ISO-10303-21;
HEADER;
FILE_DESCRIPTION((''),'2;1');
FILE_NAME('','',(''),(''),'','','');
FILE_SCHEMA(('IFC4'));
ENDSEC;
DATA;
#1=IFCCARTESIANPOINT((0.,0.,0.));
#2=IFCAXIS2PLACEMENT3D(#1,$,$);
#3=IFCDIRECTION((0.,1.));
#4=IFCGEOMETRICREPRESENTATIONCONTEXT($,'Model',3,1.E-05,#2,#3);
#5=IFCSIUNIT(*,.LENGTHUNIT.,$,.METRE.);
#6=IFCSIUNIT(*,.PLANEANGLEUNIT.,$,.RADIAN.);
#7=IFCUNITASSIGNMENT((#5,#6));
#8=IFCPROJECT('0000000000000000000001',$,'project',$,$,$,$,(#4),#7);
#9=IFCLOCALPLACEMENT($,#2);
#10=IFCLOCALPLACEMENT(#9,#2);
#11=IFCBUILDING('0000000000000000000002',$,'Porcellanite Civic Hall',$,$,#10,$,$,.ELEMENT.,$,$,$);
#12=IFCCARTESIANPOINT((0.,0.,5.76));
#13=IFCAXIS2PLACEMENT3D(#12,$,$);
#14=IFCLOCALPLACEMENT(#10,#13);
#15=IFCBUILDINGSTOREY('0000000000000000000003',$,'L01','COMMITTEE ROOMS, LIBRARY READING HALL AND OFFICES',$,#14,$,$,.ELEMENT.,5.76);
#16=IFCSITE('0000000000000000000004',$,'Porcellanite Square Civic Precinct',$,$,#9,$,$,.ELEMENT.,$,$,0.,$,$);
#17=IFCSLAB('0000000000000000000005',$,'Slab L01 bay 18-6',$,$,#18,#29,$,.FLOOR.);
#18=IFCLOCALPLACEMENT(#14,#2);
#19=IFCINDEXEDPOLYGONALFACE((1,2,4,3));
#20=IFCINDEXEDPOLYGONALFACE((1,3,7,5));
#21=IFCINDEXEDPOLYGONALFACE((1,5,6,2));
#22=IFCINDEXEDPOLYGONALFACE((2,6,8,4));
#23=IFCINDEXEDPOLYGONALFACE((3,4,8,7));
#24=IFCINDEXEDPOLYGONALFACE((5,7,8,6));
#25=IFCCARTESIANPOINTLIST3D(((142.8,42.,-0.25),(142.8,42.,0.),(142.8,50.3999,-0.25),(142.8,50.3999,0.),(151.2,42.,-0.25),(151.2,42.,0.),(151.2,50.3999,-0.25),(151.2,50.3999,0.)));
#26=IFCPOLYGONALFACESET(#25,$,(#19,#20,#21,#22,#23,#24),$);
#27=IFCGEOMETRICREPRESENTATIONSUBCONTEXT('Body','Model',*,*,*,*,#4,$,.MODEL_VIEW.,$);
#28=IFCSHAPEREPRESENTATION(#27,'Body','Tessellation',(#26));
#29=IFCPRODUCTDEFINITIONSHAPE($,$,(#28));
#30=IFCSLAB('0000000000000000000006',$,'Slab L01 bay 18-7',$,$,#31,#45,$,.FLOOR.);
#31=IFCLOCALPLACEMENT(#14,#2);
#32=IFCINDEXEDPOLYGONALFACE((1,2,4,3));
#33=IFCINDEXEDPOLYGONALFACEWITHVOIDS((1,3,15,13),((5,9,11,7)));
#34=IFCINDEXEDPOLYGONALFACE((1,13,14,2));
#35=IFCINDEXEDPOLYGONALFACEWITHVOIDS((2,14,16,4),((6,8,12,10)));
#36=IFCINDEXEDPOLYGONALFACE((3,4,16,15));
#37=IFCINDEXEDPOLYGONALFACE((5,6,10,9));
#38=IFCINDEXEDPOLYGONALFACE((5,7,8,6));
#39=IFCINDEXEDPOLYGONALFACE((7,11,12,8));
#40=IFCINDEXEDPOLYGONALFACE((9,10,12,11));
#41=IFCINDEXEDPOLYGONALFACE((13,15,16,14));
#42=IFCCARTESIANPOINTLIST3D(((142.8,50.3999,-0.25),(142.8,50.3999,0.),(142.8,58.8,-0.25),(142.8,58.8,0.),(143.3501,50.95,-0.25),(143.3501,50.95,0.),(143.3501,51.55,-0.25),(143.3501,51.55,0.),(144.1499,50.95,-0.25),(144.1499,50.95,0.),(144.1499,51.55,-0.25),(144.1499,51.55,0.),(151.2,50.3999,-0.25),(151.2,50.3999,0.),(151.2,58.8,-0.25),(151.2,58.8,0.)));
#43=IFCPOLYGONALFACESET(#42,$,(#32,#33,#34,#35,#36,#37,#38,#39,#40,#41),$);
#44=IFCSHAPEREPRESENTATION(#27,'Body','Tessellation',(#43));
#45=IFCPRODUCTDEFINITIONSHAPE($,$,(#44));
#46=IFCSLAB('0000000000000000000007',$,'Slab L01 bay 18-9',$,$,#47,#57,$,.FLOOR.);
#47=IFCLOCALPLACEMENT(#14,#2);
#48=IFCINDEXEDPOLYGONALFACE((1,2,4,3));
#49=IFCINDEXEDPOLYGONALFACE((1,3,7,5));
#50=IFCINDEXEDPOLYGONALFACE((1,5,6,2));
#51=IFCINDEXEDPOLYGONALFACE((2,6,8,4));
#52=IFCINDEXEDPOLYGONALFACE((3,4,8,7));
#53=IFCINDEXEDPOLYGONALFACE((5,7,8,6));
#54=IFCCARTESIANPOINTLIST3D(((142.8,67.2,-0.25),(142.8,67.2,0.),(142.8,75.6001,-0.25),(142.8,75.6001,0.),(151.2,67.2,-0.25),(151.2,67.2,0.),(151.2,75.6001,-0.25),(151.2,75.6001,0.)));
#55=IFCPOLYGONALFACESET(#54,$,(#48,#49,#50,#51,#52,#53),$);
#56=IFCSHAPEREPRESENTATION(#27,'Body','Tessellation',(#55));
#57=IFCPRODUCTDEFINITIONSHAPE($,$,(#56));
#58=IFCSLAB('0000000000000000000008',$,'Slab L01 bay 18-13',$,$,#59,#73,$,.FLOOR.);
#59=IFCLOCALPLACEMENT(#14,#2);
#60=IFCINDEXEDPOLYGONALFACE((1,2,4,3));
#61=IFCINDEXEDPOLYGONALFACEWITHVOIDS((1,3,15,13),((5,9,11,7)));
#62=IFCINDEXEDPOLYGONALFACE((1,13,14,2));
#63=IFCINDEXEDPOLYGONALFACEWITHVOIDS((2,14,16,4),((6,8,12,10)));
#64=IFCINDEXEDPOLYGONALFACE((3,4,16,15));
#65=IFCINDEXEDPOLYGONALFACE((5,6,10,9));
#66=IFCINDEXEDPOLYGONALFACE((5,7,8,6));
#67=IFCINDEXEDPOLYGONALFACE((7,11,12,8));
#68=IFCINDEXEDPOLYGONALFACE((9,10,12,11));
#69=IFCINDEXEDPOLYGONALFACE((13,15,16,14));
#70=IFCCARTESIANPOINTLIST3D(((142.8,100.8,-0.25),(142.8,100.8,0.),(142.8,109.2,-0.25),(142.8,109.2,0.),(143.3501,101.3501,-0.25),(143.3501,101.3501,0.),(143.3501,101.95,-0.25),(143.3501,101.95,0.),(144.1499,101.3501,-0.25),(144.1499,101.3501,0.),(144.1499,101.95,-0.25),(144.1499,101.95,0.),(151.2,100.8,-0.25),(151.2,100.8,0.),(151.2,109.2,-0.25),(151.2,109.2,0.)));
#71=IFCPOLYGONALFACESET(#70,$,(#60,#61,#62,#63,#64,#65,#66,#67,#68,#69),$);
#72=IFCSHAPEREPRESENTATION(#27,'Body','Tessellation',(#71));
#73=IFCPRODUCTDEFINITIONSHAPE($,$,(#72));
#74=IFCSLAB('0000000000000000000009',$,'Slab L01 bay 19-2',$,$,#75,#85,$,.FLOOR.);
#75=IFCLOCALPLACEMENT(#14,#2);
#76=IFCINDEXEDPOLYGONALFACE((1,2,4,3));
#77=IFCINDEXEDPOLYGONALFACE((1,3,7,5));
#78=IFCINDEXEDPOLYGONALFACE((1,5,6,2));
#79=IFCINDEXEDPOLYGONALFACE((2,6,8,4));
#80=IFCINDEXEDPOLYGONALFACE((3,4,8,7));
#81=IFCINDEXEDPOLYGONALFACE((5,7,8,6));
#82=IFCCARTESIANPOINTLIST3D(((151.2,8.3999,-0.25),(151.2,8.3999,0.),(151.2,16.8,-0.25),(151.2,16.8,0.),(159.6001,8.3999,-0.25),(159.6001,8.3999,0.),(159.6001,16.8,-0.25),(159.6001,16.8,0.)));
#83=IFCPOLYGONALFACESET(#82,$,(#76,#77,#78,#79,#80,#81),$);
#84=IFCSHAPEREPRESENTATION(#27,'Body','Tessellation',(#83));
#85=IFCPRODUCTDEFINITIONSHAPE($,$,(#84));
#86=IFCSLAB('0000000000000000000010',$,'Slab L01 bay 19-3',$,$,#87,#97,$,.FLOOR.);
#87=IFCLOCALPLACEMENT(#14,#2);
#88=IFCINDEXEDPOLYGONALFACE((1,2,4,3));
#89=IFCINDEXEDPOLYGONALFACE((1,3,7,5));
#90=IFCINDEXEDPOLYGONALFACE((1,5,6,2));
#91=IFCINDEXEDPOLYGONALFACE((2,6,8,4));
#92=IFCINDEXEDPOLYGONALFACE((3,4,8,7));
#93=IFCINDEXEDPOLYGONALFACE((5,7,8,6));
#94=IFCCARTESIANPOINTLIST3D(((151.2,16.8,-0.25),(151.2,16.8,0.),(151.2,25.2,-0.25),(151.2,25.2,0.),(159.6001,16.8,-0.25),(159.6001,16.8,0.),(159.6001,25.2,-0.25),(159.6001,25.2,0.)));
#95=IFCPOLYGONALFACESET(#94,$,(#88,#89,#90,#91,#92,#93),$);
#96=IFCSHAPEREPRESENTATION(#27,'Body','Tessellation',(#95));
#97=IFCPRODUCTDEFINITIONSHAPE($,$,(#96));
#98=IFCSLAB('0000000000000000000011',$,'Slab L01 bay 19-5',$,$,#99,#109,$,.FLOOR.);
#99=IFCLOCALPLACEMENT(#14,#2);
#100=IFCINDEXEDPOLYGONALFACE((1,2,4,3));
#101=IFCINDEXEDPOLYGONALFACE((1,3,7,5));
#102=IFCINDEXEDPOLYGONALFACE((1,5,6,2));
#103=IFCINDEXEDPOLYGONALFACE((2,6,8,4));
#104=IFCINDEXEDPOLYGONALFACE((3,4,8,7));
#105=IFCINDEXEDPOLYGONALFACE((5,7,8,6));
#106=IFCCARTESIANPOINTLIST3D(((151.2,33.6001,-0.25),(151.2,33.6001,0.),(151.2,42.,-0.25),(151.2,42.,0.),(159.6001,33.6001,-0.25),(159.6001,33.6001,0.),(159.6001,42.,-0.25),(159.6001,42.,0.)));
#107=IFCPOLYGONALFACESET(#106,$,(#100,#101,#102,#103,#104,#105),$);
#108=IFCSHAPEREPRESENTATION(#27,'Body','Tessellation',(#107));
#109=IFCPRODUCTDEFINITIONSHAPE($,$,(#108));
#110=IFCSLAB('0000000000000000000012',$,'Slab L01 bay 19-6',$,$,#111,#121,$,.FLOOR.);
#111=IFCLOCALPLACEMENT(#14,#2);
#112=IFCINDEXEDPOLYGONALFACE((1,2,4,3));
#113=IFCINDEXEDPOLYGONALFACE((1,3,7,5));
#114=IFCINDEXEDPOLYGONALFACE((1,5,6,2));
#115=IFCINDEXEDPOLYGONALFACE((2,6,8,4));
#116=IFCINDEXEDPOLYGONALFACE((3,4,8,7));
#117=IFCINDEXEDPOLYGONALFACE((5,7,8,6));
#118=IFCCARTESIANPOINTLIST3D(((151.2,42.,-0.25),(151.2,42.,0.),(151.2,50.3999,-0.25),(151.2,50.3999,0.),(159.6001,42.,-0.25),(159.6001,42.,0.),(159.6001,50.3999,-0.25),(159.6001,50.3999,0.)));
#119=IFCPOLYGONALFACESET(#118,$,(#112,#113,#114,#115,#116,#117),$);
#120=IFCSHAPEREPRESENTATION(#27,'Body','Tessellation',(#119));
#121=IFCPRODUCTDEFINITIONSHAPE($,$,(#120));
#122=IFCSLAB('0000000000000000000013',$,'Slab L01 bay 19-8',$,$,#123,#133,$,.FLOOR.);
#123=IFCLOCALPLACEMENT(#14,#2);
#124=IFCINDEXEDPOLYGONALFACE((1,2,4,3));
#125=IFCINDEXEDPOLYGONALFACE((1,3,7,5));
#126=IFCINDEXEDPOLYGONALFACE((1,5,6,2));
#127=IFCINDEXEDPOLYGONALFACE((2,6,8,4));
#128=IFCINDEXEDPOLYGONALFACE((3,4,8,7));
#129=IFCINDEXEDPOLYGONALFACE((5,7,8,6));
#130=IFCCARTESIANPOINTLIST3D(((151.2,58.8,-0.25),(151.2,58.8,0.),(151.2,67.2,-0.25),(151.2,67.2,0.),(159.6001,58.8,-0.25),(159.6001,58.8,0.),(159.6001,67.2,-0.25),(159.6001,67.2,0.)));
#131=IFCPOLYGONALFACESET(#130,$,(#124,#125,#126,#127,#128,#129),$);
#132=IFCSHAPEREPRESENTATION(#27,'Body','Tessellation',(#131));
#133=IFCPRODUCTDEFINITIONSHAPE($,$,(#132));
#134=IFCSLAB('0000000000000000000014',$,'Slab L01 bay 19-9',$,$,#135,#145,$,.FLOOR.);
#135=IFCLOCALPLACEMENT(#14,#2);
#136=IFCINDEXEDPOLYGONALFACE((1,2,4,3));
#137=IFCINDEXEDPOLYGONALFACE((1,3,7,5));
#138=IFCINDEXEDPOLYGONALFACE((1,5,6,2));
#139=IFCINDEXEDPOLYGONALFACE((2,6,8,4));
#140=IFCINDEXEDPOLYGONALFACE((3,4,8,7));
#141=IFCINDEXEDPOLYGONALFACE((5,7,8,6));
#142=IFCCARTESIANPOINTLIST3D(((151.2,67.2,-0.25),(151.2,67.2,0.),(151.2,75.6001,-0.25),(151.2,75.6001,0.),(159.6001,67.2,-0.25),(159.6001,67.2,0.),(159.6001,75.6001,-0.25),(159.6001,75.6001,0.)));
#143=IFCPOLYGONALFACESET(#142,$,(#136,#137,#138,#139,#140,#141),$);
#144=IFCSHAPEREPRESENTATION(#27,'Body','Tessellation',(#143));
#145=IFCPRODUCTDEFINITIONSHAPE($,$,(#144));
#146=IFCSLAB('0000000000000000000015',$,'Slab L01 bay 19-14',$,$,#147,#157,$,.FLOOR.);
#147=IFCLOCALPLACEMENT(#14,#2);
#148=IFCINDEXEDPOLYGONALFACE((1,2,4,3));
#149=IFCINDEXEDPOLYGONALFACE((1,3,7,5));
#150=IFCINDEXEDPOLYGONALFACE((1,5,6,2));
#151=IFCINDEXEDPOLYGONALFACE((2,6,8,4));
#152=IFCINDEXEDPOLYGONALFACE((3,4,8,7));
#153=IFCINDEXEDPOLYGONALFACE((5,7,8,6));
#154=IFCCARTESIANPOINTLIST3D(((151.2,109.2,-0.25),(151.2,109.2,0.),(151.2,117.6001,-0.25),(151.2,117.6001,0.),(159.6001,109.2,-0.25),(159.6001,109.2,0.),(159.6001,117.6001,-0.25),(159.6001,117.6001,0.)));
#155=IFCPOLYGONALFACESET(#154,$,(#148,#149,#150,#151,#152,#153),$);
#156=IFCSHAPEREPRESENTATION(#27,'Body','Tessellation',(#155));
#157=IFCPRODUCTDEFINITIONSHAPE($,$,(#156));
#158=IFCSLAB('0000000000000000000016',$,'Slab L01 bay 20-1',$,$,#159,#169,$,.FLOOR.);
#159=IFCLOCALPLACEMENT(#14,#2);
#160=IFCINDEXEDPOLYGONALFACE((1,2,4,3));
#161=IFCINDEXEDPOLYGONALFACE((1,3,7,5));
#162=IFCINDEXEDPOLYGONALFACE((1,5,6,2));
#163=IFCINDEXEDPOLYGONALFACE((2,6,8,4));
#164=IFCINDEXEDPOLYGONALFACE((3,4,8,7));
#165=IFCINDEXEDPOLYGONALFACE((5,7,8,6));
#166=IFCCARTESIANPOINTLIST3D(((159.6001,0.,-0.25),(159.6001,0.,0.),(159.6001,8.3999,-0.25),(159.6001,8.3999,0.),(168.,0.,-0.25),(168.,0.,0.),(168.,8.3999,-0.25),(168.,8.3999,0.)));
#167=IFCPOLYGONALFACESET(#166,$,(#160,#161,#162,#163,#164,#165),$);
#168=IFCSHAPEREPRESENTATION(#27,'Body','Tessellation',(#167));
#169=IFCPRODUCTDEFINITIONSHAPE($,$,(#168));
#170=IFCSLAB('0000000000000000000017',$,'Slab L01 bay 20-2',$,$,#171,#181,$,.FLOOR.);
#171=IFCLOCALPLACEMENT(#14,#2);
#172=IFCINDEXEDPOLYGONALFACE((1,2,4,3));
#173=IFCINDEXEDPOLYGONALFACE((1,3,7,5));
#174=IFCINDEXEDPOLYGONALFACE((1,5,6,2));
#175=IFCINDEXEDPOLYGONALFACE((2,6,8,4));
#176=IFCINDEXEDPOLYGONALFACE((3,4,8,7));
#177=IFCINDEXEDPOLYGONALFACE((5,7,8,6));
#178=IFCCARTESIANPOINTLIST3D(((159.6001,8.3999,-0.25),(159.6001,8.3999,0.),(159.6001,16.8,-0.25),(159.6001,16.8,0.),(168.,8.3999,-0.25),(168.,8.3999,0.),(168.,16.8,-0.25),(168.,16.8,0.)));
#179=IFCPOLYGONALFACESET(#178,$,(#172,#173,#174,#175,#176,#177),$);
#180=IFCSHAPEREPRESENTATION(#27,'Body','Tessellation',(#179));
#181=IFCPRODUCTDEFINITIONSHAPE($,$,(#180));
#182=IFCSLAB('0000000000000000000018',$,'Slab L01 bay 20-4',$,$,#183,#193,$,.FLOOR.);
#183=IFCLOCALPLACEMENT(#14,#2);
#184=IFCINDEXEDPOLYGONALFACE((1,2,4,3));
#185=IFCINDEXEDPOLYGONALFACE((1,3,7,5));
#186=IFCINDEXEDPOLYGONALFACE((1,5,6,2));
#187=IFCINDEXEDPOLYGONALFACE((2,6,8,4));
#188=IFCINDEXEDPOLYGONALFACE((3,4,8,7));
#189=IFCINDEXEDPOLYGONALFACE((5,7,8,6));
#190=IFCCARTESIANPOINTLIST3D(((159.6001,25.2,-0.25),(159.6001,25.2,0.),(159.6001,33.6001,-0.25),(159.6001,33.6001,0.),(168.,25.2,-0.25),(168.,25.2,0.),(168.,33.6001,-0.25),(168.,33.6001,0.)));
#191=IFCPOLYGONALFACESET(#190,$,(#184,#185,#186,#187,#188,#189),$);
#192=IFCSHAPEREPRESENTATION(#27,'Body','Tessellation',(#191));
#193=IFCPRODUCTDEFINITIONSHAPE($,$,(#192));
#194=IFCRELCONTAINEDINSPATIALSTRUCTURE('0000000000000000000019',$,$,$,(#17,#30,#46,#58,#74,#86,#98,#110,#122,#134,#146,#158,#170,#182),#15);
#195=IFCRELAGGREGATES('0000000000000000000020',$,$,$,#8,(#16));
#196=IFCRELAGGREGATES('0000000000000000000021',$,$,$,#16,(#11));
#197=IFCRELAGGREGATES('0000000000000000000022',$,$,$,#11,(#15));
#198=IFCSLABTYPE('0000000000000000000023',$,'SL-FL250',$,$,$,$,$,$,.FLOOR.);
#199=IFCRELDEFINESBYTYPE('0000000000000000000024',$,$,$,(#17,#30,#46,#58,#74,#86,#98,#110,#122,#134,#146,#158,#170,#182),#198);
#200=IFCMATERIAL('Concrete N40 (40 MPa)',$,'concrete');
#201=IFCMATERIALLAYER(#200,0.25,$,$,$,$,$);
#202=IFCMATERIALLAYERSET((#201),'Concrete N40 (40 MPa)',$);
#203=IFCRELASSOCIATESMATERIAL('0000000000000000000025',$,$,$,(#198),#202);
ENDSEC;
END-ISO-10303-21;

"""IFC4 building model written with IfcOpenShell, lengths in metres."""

from ifc_helpers import new_model, si_unit, direction, frame, origin, place, context, subcontext, project, spatial, polyline, outline, extrude, material, layer, layer_set, type_object, element, save


model = new_model("IFC4")

# Units and contexts
model_context = context("Model", 3, precision=1e-05, world=origin(), true_north=direction((0.0, 1.0)))
body_context = subcontext(model_context, "Body", "Model", "MODEL_VIEW")
ifc_project = project(units=[si_unit("LENGTHUNIT", "METRE"), si_unit("PLANEANGLEUNIT", "RADIAN")], contexts=[model_context])

# Site, building, storey
site_placement = place(None, origin())
site = spatial("IfcSite", under=ifc_project, at=site_placement, Name="Porcellanite Square Civic Precinct", CompositionType="ELEMENT", RefElevation=0.0)
building_placement = place(site_placement, origin())
building = spatial("IfcBuilding", under=site, at=building_placement, Name="Porcellanite Civic Hall", CompositionType="ELEMENT")
storey_placement = place(building_placement, frame((0.0, 0.0, 5.76)))
storey = spatial("IfcBuildingStorey", under=building, at=storey_placement, Name="L01", Description="COMMITTEE ROOMS, LIBRARY READING HALL AND OFFICES", CompositionType="ELEMENT", Elevation=5.76)

# Slabs
ifc_material_1 = material(Name="Concrete N40 (40 MPa)", Category="concrete")
ifc_layer = layer(ifc_material_1, 0.25)
ifc_layer_set = layer_set([ifc_layer], Name="Concrete N40 (40 MPa)")
slab_type = type_object("IfcSlabType", Name="SL-FL250", PredefinedType="FLOOR", material=ifc_layer_set)
slab_1_placement = place(storey_placement, frame((0.0, 0.0, -0.25)))
element("IfcSlab", 1, at=slab_1_placement, inside=storey, type_object=slab_type, Name="Slab L01 bay 18-6", PredefinedType="FLOOR", context=body_context, shape_type="SweptSolid", body=[
    extrude(outline(polyline([(142.8, 42.0), (151.2, 42.0), (151.2, 50.3999), (142.8, 50.3999), (142.8, 42.0)])), origin(), (0.0, 0.0, 1.0), 0.25),
])
slab_2_placement = place(storey_placement, frame((0.0, 0.0, -0.25)))
element("IfcSlab", 2, at=slab_2_placement, inside=storey, type_object=slab_type, Name="Slab L01 bay 18-7", PredefinedType="FLOOR", context=body_context, shape_type="SweptSolid", body=[
    extrude(outline(polyline([(142.8, 50.3999), (151.2, 50.3999), (151.2, 58.8), (142.8, 58.8), (142.8, 50.3999)]), holes=[polyline([(143.3501, 50.95), (144.1499, 50.95), (144.1499, 51.55), (143.3501, 51.55), (143.3501, 50.95)])]), origin(), (0.0, 0.0, 1.0), 0.25),
])
slab_3_placement = place(storey_placement, frame((0.0, 0.0, -0.25)))
element("IfcSlab", 3, at=slab_3_placement, inside=storey, type_object=slab_type, Name="Slab L01 bay 18-9", PredefinedType="FLOOR", context=body_context, shape_type="SweptSolid", body=[
    extrude(outline(polyline([(142.8, 67.2), (151.2, 67.2), (151.2, 75.6001), (142.8, 75.6001), (142.8, 67.2)])), origin(), (0.0, 0.0, 1.0), 0.25),
])
slab_4_placement = place(storey_placement, frame((0.0, 0.0, -0.25)))
element("IfcSlab", 4, at=slab_4_placement, inside=storey, type_object=slab_type, Name="Slab L01 bay 18-13", PredefinedType="FLOOR", context=body_context, shape_type="SweptSolid", body=[
    extrude(outline(polyline([(142.8, 100.8), (151.2, 100.8), (151.2, 109.2), (142.8, 109.2), (142.8, 100.8)]), holes=[polyline([(143.3501, 101.3501), (144.1499, 101.3501), (144.1499, 101.95), (143.3501, 101.95), (143.3501, 101.3501)])]), origin(), (0.0, 0.0, 1.0), 0.25),
])
slab_5_placement = place(storey_placement, frame((0.0, 0.0, -0.25)))
element("IfcSlab", 5, at=slab_5_placement, inside=storey, type_object=slab_type, Name="Slab L01 bay 19-2", PredefinedType="FLOOR", context=body_context, shape_type="SweptSolid", body=[
    extrude(outline(polyline([(151.2, 8.3999), (159.6001, 8.3999), (159.6001, 16.8), (151.2, 16.8), (151.2, 8.3999)])), origin(), (0.0, 0.0, 1.0), 0.25),
])
slab_6_placement = place(storey_placement, frame((0.0, 0.0, -0.25)))
element("IfcSlab", 6, at=slab_6_placement, inside=storey, type_object=slab_type, Name="Slab L01 bay 19-3", PredefinedType="FLOOR", context=body_context, shape_type="SweptSolid", body=[
    extrude(outline(polyline([(151.2, 16.8), (159.6001, 16.8), (159.6001, 25.2), (151.2, 25.2), (151.2, 16.8)])), origin(), (0.0, 0.0, 1.0), 0.25),
])
slab_7_placement = place(storey_placement, frame((0.0, 0.0, -0.25)))
element("IfcSlab", 7, at=slab_7_placement, inside=storey, type_object=slab_type, Name="Slab L01 bay 19-5", PredefinedType="FLOOR", context=body_context, shape_type="SweptSolid", body=[
    extrude(outline(polyline([(151.2, 33.6001), (159.6001, 33.6001), (159.6001, 42.0), (151.2, 42.0), (151.2, 33.6001)])), origin(), (0.0, 0.0, 1.0), 0.25),
])
slab_8_placement = place(storey_placement, frame((0.0, 0.0, -0.25)))
element("IfcSlab", 8, at=slab_8_placement, inside=storey, type_object=slab_type, Name="Slab L01 bay 19-6", PredefinedType="FLOOR", context=body_context, shape_type="SweptSolid", body=[
    extrude(outline(polyline([(151.2, 42.0), (159.6001, 42.0), (159.6001, 50.3999), (151.2, 50.3999), (151.2, 42.0)])), origin(), (0.0, 0.0, 1.0), 0.25),
])
slab_9_placement = place(storey_placement, frame((0.0, 0.0, -0.25)))
element("IfcSlab", 9, at=slab_9_placement, inside=storey, type_object=slab_type, Name="Slab L01 bay 19-8", PredefinedType="FLOOR", context=body_context, shape_type="SweptSolid", body=[
    extrude(outline(polyline([(151.2, 58.8), (159.6001, 58.8), (159.6001, 67.2), (151.2, 67.2), (151.2, 58.8)])), origin(), (0.0, 0.0, 1.0), 0.25),
])
slab_10_placement = place(storey_placement, frame((0.0, 0.0, -0.25)))
element("IfcSlab", 10, at=slab_10_placement, inside=storey, type_object=slab_type, Name="Slab L01 bay 19-9", PredefinedType="FLOOR", context=body_context, shape_type="SweptSolid", body=[
    extrude(outline(polyline([(151.2, 67.2), (159.6001, 67.2), (159.6001, 75.6001), (151.2, 75.6001), (151.2, 67.2)])), origin(), (0.0, 0.0, 1.0), 0.25),
])
slab_11_placement = place(storey_placement, frame((0.0, 0.0, -0.25)))
element("IfcSlab", 11, at=slab_11_placement, inside=storey, type_object=slab_type, Name="Slab L01 bay 19-14", PredefinedType="FLOOR", context=body_context, shape_type="SweptSolid", body=[
    extrude(outline(polyline([(151.2, 109.2), (159.6001, 109.2), (159.6001, 117.6001), (151.2, 117.6001), (151.2, 109.2)])), origin(), (0.0, 0.0, 1.0), 0.25),
])
slab_12_placement = place(storey_placement, frame((0.0, 0.0, -0.25)))
element("IfcSlab", 12, at=slab_12_placement, inside=storey, type_object=slab_type, Name="Slab L01 bay 20-1", PredefinedType="FLOOR", context=body_context, shape_type="SweptSolid", body=[
    extrude(outline(polyline([(159.6001, 0.0), (168.0, 0.0), (168.0, 8.3999), (159.6001, 8.3999), (159.6001, 0.0)])), origin(), (0.0, 0.0, 1.0), 0.25),
])
slab_13_placement = place(storey_placement, frame((0.0, 0.0, -0.25)))
element("IfcSlab", 13, at=slab_13_placement, inside=storey, type_object=slab_type, Name="Slab L01 bay 20-2", PredefinedType="FLOOR", context=body_context, shape_type="SweptSolid", body=[
    extrude(outline(polyline([(159.6001, 8.3999), (168.0, 8.3999), (168.0, 16.8), (159.6001, 16.8), (159.6001, 8.3999)])), origin(), (0.0, 0.0, 1.0), 0.25),
])
slab_14_placement = place(storey_placement, frame((0.0, 0.0, -0.25)))
element("IfcSlab", 14, at=slab_14_placement, inside=storey, type_object=slab_type, Name="Slab L01 bay 20-4", PredefinedType="FLOOR", context=body_context, shape_type="SweptSolid", body=[
    extrude(outline(polyline([(159.6001, 25.2), (168.0, 25.2), (168.0, 33.6001), (159.6001, 33.6001), (159.6001, 25.2)])), origin(), (0.0, 0.0, 1.0), 0.25),
])

save(model, "model.ifc")
